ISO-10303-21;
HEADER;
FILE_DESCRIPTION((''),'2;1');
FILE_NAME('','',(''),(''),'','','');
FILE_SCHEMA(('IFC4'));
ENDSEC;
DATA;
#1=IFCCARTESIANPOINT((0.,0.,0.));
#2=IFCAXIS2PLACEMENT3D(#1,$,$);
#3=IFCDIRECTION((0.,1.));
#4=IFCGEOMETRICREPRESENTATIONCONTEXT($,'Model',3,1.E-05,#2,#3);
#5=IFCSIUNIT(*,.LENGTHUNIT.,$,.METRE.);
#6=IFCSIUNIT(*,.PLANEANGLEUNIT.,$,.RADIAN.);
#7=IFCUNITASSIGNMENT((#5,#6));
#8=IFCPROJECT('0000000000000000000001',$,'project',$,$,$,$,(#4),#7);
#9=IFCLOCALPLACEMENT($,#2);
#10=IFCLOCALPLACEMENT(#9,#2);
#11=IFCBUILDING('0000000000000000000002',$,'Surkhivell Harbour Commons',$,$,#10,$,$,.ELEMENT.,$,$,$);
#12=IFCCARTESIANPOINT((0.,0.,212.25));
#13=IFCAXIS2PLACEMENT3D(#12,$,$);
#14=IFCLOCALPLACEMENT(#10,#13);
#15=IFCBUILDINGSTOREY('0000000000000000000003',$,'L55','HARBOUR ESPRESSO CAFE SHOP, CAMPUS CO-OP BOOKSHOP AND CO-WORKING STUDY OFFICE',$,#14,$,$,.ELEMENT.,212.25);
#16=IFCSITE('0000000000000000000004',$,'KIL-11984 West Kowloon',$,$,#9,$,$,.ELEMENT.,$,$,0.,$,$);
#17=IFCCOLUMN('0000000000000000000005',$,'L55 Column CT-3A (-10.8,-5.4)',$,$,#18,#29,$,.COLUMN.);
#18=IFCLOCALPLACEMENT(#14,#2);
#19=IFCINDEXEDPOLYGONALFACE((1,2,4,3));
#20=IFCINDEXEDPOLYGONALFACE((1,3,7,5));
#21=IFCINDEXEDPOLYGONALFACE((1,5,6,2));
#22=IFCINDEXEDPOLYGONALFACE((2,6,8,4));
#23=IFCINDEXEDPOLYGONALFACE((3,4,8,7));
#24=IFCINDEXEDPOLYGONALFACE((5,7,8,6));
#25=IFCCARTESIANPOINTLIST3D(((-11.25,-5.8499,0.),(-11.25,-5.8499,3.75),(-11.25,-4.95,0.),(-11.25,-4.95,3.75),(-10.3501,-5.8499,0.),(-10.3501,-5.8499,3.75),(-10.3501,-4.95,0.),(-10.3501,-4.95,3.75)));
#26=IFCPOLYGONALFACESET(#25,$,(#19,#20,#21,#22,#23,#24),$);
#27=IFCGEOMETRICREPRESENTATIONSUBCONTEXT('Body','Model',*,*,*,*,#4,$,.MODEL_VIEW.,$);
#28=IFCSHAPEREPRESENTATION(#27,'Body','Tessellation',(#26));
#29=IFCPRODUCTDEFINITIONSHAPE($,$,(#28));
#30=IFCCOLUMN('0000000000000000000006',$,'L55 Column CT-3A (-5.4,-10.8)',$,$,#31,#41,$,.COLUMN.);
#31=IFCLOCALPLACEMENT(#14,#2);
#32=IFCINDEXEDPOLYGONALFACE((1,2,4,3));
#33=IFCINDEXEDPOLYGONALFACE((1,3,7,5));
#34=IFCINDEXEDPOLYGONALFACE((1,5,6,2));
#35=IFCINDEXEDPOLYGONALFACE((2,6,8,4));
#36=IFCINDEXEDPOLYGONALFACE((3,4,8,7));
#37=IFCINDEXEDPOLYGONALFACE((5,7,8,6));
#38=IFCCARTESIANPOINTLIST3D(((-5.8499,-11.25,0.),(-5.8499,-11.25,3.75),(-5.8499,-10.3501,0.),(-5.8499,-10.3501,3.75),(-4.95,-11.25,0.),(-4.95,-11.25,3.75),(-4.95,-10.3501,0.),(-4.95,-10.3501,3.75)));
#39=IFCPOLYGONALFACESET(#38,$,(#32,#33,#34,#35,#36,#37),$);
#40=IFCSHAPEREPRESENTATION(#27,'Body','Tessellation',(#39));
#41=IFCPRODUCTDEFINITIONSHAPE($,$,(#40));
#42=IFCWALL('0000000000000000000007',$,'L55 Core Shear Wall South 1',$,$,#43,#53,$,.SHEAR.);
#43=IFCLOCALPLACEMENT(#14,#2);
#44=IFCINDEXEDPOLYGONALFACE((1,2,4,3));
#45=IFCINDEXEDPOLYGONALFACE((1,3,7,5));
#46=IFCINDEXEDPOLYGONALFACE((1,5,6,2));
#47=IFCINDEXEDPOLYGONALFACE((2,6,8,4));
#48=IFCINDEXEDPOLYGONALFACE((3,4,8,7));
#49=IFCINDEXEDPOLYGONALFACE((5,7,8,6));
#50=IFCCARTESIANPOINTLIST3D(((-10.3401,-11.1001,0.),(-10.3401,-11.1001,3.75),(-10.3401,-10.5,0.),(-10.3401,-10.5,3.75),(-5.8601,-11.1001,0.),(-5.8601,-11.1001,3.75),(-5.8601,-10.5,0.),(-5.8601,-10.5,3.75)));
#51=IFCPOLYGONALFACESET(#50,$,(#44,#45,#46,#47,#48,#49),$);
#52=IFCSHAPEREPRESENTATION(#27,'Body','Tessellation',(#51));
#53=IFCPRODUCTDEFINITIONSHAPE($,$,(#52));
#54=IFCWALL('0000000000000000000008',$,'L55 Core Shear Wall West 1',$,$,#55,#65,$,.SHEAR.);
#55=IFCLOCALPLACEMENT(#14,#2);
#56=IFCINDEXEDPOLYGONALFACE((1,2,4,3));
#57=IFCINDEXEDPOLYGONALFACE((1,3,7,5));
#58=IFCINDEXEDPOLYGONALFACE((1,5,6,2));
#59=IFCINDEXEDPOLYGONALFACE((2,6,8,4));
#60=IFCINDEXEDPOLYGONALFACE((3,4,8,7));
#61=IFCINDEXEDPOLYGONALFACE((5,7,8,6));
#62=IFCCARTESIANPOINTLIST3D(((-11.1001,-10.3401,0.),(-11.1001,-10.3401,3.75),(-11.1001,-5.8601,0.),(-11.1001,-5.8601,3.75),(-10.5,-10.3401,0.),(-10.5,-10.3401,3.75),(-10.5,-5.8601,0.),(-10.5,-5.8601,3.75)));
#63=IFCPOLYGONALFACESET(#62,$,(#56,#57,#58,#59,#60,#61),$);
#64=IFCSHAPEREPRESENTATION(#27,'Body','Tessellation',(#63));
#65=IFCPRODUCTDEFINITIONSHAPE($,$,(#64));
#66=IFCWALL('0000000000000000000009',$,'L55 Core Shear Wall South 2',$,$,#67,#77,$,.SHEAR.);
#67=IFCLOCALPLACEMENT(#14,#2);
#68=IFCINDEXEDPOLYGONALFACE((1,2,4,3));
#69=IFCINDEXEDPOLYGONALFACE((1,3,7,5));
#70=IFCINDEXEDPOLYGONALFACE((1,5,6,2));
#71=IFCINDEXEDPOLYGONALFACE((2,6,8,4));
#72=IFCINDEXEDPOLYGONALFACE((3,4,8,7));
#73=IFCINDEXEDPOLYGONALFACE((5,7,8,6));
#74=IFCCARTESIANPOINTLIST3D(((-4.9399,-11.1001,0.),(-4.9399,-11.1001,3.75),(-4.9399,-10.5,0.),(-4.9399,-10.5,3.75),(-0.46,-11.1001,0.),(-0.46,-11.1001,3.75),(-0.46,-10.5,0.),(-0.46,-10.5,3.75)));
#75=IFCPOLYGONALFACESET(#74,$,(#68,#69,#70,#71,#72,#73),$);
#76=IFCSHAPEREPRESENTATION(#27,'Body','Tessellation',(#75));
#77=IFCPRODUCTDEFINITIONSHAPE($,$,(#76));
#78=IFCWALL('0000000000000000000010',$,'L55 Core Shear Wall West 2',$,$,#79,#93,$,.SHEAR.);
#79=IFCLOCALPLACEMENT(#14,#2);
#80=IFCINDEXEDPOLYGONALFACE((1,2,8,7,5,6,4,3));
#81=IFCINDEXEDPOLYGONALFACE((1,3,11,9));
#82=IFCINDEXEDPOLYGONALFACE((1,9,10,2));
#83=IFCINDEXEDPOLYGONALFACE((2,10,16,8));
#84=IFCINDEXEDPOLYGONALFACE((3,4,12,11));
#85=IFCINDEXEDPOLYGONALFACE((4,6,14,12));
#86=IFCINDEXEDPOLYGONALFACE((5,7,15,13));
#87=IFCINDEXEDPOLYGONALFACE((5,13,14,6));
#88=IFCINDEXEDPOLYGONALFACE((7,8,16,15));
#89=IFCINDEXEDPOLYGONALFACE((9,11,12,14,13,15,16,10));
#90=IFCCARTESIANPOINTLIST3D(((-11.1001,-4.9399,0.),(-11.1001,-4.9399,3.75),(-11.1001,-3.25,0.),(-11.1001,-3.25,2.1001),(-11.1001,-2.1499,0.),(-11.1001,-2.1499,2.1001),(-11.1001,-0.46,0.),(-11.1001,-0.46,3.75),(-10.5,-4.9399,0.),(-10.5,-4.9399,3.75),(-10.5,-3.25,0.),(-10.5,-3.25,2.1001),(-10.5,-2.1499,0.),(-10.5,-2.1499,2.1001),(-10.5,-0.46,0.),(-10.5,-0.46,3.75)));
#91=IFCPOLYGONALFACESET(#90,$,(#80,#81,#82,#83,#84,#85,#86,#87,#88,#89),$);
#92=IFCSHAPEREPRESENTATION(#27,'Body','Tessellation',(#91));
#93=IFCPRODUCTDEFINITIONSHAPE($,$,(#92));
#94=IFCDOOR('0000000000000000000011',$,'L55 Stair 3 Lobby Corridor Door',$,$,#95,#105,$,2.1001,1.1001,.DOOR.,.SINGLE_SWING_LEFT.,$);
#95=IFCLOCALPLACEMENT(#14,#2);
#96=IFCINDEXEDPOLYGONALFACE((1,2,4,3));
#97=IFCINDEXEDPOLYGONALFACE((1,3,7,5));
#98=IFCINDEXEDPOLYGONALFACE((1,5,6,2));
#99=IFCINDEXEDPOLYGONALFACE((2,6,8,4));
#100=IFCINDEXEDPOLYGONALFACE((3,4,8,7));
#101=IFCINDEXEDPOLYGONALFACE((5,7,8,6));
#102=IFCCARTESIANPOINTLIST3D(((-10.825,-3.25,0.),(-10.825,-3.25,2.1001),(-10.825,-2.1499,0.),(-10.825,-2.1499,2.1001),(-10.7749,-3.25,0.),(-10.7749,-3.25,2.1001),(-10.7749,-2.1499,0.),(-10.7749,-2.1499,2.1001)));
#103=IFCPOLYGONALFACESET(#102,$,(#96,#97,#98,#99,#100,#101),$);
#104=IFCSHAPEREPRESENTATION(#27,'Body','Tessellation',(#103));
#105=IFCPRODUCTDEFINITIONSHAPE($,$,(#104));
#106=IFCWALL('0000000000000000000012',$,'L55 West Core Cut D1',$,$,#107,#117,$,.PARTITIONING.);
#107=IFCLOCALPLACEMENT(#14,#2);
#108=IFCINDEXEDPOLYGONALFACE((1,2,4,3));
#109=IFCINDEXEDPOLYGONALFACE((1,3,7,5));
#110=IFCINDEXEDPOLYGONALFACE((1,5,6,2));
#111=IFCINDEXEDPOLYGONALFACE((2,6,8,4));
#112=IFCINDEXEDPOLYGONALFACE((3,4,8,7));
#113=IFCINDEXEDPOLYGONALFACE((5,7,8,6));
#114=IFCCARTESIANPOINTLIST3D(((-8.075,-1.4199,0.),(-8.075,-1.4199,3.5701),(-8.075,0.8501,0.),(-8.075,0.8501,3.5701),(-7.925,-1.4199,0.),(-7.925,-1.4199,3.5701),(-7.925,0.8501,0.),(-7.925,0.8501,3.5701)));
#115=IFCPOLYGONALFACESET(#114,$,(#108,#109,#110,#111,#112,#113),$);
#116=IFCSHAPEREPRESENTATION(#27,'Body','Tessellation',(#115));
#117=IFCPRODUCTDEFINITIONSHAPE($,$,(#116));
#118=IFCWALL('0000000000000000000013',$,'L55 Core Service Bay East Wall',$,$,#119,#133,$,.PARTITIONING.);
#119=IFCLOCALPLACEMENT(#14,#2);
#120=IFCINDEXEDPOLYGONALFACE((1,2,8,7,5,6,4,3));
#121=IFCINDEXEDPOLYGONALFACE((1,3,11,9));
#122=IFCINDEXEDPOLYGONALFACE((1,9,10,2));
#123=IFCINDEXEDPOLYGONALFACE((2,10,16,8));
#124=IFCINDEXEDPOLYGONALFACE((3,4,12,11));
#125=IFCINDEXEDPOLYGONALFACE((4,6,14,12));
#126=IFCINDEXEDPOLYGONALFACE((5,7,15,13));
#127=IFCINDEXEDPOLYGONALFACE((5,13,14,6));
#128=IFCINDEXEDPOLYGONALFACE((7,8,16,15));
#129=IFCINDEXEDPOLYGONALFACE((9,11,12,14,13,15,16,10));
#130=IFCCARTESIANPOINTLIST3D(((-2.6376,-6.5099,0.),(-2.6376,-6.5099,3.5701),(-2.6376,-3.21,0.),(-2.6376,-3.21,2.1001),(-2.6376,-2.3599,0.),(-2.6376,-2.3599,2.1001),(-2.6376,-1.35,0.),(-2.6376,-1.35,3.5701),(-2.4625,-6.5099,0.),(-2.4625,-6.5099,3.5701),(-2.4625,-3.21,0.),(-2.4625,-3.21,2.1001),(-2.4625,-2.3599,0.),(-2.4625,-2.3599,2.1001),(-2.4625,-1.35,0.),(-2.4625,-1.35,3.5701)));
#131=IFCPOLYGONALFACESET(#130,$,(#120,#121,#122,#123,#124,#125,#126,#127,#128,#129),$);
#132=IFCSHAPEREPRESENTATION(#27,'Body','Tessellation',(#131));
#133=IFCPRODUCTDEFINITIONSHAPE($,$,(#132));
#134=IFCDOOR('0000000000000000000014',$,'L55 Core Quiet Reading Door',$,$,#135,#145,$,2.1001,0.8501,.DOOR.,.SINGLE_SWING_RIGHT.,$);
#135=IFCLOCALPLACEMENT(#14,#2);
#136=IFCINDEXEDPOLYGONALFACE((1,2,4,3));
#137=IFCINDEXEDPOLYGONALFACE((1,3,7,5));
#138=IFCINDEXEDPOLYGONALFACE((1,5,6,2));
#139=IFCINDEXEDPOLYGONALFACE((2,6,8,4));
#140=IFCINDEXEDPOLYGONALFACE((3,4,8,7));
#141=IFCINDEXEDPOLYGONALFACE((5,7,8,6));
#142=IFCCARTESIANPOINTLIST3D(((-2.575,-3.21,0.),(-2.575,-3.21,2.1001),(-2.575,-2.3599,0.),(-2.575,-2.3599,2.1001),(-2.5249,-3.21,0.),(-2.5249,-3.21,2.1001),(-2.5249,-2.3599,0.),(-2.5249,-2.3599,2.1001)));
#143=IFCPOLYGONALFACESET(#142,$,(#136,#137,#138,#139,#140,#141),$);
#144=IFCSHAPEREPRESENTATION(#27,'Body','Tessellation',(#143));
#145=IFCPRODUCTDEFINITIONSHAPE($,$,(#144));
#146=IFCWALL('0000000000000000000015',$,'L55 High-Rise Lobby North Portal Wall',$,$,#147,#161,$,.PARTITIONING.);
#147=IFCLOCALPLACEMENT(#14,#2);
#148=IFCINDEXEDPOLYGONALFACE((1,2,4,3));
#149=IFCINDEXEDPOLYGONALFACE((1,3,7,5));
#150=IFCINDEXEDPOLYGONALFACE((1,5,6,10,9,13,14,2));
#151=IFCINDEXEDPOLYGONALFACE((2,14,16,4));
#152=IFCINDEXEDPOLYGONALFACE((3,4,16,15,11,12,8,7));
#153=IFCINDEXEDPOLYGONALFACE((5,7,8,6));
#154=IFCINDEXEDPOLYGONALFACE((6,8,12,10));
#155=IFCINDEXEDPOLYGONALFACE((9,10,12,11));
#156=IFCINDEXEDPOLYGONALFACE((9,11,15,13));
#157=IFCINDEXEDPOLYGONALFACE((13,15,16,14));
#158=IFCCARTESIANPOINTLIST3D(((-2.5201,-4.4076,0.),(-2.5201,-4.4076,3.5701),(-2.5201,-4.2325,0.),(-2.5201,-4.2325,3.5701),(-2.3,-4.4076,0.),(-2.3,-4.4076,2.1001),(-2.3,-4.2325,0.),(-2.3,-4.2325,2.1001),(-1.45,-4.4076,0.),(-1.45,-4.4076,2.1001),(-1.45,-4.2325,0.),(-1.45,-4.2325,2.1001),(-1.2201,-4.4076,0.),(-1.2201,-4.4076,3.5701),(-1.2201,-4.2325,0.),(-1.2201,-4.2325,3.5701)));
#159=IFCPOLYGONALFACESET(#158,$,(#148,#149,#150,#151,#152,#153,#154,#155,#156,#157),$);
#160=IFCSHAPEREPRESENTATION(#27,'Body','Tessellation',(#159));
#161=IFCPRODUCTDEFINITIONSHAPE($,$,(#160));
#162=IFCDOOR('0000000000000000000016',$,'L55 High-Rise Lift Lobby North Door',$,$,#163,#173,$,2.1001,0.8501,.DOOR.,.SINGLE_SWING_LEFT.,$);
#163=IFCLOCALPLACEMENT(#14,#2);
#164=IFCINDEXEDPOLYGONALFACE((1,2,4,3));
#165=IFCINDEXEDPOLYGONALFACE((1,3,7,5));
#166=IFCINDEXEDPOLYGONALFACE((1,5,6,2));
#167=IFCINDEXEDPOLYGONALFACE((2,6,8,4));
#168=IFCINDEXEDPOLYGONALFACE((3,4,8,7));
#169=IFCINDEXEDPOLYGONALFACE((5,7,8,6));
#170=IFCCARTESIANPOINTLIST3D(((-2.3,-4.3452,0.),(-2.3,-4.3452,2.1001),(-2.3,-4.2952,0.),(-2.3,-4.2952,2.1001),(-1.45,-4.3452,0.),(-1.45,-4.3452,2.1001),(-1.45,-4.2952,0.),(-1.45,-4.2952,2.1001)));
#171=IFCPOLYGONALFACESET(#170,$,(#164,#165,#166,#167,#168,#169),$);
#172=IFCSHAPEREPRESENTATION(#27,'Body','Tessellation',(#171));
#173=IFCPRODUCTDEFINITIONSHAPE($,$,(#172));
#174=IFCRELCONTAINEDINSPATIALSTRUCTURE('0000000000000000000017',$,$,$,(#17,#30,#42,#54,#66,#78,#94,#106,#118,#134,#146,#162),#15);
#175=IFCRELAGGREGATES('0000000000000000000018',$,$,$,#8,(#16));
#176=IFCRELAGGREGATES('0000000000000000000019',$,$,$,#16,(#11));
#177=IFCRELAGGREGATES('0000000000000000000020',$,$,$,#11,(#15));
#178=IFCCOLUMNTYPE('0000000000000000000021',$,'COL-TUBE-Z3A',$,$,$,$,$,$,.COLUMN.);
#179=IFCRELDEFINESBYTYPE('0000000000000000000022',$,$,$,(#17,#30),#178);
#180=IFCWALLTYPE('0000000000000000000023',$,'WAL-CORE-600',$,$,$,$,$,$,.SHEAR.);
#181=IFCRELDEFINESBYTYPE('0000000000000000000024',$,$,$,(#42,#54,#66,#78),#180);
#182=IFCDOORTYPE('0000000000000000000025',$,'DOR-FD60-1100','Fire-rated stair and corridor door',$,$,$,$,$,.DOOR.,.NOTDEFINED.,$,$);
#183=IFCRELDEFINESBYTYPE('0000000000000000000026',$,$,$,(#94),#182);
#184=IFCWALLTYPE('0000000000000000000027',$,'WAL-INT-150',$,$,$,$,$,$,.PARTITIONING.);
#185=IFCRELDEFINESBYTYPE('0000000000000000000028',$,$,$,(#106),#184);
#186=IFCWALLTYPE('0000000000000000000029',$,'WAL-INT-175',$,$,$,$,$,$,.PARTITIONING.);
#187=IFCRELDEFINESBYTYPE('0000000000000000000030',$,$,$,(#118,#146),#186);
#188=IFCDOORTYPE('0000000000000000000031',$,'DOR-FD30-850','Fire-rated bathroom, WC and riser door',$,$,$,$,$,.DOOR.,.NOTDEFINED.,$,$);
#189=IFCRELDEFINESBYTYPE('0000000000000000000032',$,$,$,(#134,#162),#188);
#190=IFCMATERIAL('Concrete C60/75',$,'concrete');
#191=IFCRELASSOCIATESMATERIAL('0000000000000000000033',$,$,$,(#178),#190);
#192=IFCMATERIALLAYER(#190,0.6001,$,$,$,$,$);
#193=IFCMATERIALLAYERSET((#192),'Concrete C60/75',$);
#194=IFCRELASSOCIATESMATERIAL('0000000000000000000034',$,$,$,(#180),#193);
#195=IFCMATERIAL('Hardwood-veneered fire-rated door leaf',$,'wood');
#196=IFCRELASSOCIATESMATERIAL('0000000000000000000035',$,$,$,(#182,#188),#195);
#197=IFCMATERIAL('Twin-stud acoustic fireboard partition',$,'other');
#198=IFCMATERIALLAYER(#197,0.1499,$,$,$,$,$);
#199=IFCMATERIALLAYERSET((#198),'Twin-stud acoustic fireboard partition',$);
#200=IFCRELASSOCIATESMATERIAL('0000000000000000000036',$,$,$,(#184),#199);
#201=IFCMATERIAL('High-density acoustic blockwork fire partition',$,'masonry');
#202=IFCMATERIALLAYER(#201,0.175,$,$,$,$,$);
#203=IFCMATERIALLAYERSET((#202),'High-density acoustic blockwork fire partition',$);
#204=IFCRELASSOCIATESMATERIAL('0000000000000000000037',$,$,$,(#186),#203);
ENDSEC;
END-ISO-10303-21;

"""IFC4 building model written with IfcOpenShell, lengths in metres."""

from ifc_helpers import new_model, si_unit, direction, frame, frame_2d, origin, origin_2d, place, context, subcontext, project, spatial, rectangle, extrude, material, layer, layer_set, material_profile, profile_set, type_object, element, fill, save


model = new_model("IFC4")

# Units and contexts
model_context = context("Model", 3, precision=1e-05, world=origin(), true_north=direction((0.0, 1.0)))
body_context = subcontext(model_context, "Body", "Model", "MODEL_VIEW")
ifc_project = project(units=[si_unit("LENGTHUNIT", "METRE"), si_unit("PLANEANGLEUNIT", "RADIAN")], contexts=[model_context])

# Site, building, storey
site_placement = place(None, origin())
site = spatial("IfcSite", under=ifc_project, at=site_placement, Name="KIL-11984 West Kowloon", CompositionType="ELEMENT", RefElevation=0.0)
building_placement = place(site_placement, origin())
building = spatial("IfcBuilding", under=site, at=building_placement, Name="Surkhivell Harbour Commons", CompositionType="ELEMENT")
storey_placement = place(building_placement, frame((0.0, 0.0, 212.25)))
storey = spatial("IfcBuildingStorey", under=building, at=storey_placement, Name="L55", Description="HARBOUR ESPRESSO CAFE SHOP, CAMPUS CO-OP BOOKSHOP AND CO-WORKING STUDY OFFICE", CompositionType="ELEMENT", Elevation=212.25)

# Columns
ifc_material_1 = material(Name="Concrete C60/75", Category="concrete")
ifc_material_profile = material_profile(ifc_material_1, rectangle(XDim=0.8999, YDim=0.8999, at=origin_2d()), Name="RC-COL-900x900")
ifc_profile_set = profile_set([ifc_material_profile], Name="Concrete C60/75")
column_type = type_object("IfcColumnType", Name="COL-TUBE-Z3A", PredefinedType="COLUMN", material=ifc_profile_set)
for number, where, z_axis, x_axis, name in (
    (1, (-10.8, -5.3999, 0.0), (0.0, 0.0, 1.0), (1.0, 0.0, 0.0), "L55 Column CT-3A (-10.8,-5.4)"),
    (2, (-5.3999, -10.8, 0.0), (0.0, 0.0, 1.0), (1.0, 0.0, 0.0), "L55 Column CT-3A (-5.4,-10.8)"),
):
    element("IfcColumn", number, at=place(storey_placement, frame(where, z_axis=z_axis, x_axis=x_axis)), inside=storey, type_object=column_type, Name=name, PredefinedType="COLUMN", context=body_context, shape_type="SweptSolid", body=[
        extrude(rectangle(XDim=0.8999, YDim=0.8999, at=origin_2d()), origin(), (0.0, 0.0, 1.0), 3.75),
    ])

# Walls
ifc_layer_1 = layer(ifc_material_1, 0.6001)
ifc_layer_set_1 = layer_set([ifc_layer_1], Name="Concrete C60/75")
wall_type_1 = type_object("IfcWallType", Name="WAL-CORE-600", PredefinedType="SHEAR", material=ifc_layer_set_1)
for number, where, z_axis, x_axis, name in (
    (3, (-10.3401, -10.8, 0.0), (0.0, 0.0, 1.0), (1.0, 0.0, 0.0), "L55 Core Shear Wall South 1"),
    (4, (-10.8, -10.3401, 0.0), (0.0, 0.0, 1.0), (0.0, 1.0, 0.0), "L55 Core Shear Wall West 1"),
    (5, (-4.9399, -10.8, 0.0), (0.0, 0.0, 1.0), (1.0, 0.0, 0.0), "L55 Core Shear Wall South 2"),
):
    element("IfcWall", number, at=place(storey_placement, frame(where, z_axis=z_axis, x_axis=x_axis)), inside=storey, type_object=wall_type_1, Name=name, PredefinedType="SHEAR", context=body_context, shape_type="SweptSolid", body=[
        extrude(rectangle(XDim=4.48, YDim=0.6001, at=frame_2d((2.24, 0.0))), origin(), (0.0, 0.0, 1.0), 3.75),
    ])

# Wall, opening, door
wall_1_placement = place(storey_placement, frame((-10.8, -4.9399, 0.0), z_axis=(0.0, 0.0, 1.0), x_axis=(0.0, 1.0, 0.0)))
wall_1 = element("IfcWall", 6, at=wall_1_placement, inside=storey, type_object=wall_type_1, Name="L55 Core Shear Wall West 2", PredefinedType="SHEAR", context=body_context, shape_type="SweptSolid", body=[
    extrude(rectangle(XDim=4.48, YDim=0.6001, at=frame_2d((2.24, 0.0))), origin(), (0.0, 0.0, 1.0), 3.75),
])
opening_1_placement = place(wall_1_placement, frame((1.6899, 0.0, 0.0)))
opening_1 = element("IfcOpeningElement", 7, at=opening_1_placement, cuts=wall_1, PredefinedType="OPENING", context=body_context, shape_type="SweptSolid", body=[
    extrude(rectangle(XDim=1.1001, YDim=2.1001, at=frame_2d((0.55, 1.05))), frame((0.0, 0.3101, 0.0), z_axis=(0.0, -1.0, 0.0), x_axis=(1.0, 0.0, 0.0)), (0.0, 0.0, 1.0), 0.6201),
])
ifc_material_2 = material(Name="Hardwood-veneered fire-rated door leaf", Category="wood")
door_type_1 = type_object("IfcDoorType", Name="DOR-FD60-1100", Description="Fire-rated stair and corridor door", OperationType="NOTDEFINED", PredefinedType="DOOR", material=ifc_material_2)
door_1_placement = place(opening_1_placement, origin())
door_1 = element("IfcDoor", 8, at=door_1_placement, inside=storey, type_object=door_type_1, Name="L55 Stair 3 Lobby Corridor Door", OperationType="SINGLE_SWING_LEFT", OverallHeight=2.1001, OverallWidth=1.1001, PredefinedType="DOOR", context=body_context, shape_type="SweptSolid", body=[
    extrude(rectangle(XDim=1.1001, YDim=2.1001, at=frame_2d((0.55, 1.05))), frame((0.0, 0.0249, 0.0), z_axis=(0.0, -1.0, 0.0), x_axis=(1.0, 0.0, 0.0)), (0.0, 0.0, 1.0), 0.05),
])
fill(opening_1, door_1)

# Wall
ifc_material_3 = material(Name="Twin-stud acoustic fireboard partition", Category="other")
ifc_layer_2 = layer(ifc_material_3, 0.1499)
ifc_layer_set_2 = layer_set([ifc_layer_2], Name="Twin-stud acoustic fireboard partition")
wall_type_2 = type_object("IfcWallType", Name="WAL-INT-150", PredefinedType="PARTITIONING", material=ifc_layer_set_2)
wall_2_placement = place(storey_placement, frame((-8.0, -1.4199, 0.0), z_axis=(0.0, 0.0, 1.0), x_axis=(0.0, 1.0, 0.0)))
element("IfcWall", 9, at=wall_2_placement, inside=storey, type_object=wall_type_2, Name="L55 West Core Cut D1", PredefinedType="PARTITIONING", context=body_context, shape_type="SweptSolid", body=[
    extrude(rectangle(XDim=2.27, YDim=0.1499, at=frame_2d((1.135, 0.0))), origin(), (0.0, 0.0, 1.0), 3.5701),
])

# Walls, openings, doors
ifc_material_4 = material(Name="High-density acoustic blockwork fire partition", Category="masonry")
ifc_layer_3 = layer(ifc_material_4, 0.175)
ifc_layer_set_3 = layer_set([ifc_layer_3], Name="High-density acoustic blockwork fire partition")
wall_type_3 = type_object("IfcWallType", Name="WAL-INT-175", PredefinedType="PARTITIONING", material=ifc_layer_set_3)
wall_3_placement = place(storey_placement, frame((-2.55, -6.51, 0.0), z_axis=(0.0, 0.0, 1.0), x_axis=(0.0, 1.0, 0.0)))
wall_3 = element("IfcWall", 10, at=wall_3_placement, inside=storey, type_object=wall_type_3, Name="L55 Core Service Bay East Wall", PredefinedType="PARTITIONING", context=body_context, shape_type="SweptSolid", body=[
    extrude(rectangle(XDim=5.1599, YDim=0.175, at=frame_2d((2.5801, 0.0))), origin(), (0.0, 0.0, 1.0), 3.5701),
])
opening_2_placement = place(wall_3_placement, frame((3.3, 0.0, 0.0)))
opening_2 = element("IfcOpeningElement", 11, at=opening_2_placement, cuts=wall_3, PredefinedType="OPENING", context=body_context, shape_type="SweptSolid", body=[
    extrude(rectangle(XDim=0.8501, YDim=2.1001, at=frame_2d((0.425, 1.05))), frame((0.0, 0.0974, 0.0), z_axis=(0.0, -1.0, 0.0), x_axis=(1.0, 0.0, 0.0)), (0.0, 0.0, 1.0), 0.1951),
])
door_type_2 = type_object("IfcDoorType", Name="DOR-FD30-850", Description="Fire-rated bathroom, WC and riser door", OperationType="NOTDEFINED", PredefinedType="DOOR", material=ifc_material_2)
door_2_placement = place(opening_2_placement, origin())
door_2 = element("IfcDoor", 12, at=door_2_placement, inside=storey, type_object=door_type_2, Name="L55 Core Quiet Reading Door", OperationType="SINGLE_SWING_RIGHT", OverallHeight=2.1001, OverallWidth=0.8501, PredefinedType="DOOR", context=body_context, shape_type="SweptSolid", body=[
    extrude(rectangle(XDim=0.8501, YDim=2.1001, at=frame_2d((0.425, 1.05))), frame((0.0, 0.0249, 0.0), z_axis=(0.0, -1.0, 0.0), x_axis=(1.0, 0.0, 0.0)), (0.0, 0.0, 1.0), 0.05),
])
fill(opening_2, door_2)
wall_4_placement = place(storey_placement, frame((-2.52, -4.3201, 0.0), z_axis=(0.0, 0.0, 1.0), x_axis=(1.0, 0.0, 0.0)))
wall_4 = element("IfcWall", 13, at=wall_4_placement, inside=storey, type_object=wall_type_3, Name="L55 High-Rise Lobby North Portal Wall", PredefinedType="PARTITIONING", context=body_context, shape_type="SweptSolid", body=[
    extrude(rectangle(XDim=1.3, YDim=0.175, at=frame_2d((0.6499, 0.0))), origin(), (0.0, 0.0, 1.0), 3.5701),
])
opening_3_placement = place(wall_4_placement, frame((0.22, 0.0, 0.0)))
opening_3 = element("IfcOpeningElement", 14, at=opening_3_placement, cuts=wall_4, PredefinedType="OPENING", context=body_context, shape_type="SweptSolid", body=[
    extrude(rectangle(XDim=0.8501, YDim=2.1001, at=frame_2d((0.425, 1.05))), frame((0.0, 0.0974, 0.0), z_axis=(0.0, -1.0, 0.0), x_axis=(1.0, 0.0, 0.0)), (0.0, 0.0, 1.0), 0.1951),
])
door_3_placement = place(opening_3_placement, origin())
door_3 = element("IfcDoor", 15, at=door_3_placement, inside=storey, type_object=door_type_2, Name="L55 High-Rise Lift Lobby North Door", OperationType="SINGLE_SWING_LEFT", OverallHeight=2.1001, OverallWidth=0.8501, PredefinedType="DOOR", context=body_context, shape_type="SweptSolid", body=[
    extrude(rectangle(XDim=0.8501, YDim=2.1001, at=frame_2d((0.425, 1.05))), frame((0.0, 0.0249, 0.0), z_axis=(0.0, -1.0, 0.0), x_axis=(1.0, 0.0, 0.0)), (0.0, 0.0, 1.0), 0.05),
])
fill(opening_3, door_3)

save(model, "model.ifc")
